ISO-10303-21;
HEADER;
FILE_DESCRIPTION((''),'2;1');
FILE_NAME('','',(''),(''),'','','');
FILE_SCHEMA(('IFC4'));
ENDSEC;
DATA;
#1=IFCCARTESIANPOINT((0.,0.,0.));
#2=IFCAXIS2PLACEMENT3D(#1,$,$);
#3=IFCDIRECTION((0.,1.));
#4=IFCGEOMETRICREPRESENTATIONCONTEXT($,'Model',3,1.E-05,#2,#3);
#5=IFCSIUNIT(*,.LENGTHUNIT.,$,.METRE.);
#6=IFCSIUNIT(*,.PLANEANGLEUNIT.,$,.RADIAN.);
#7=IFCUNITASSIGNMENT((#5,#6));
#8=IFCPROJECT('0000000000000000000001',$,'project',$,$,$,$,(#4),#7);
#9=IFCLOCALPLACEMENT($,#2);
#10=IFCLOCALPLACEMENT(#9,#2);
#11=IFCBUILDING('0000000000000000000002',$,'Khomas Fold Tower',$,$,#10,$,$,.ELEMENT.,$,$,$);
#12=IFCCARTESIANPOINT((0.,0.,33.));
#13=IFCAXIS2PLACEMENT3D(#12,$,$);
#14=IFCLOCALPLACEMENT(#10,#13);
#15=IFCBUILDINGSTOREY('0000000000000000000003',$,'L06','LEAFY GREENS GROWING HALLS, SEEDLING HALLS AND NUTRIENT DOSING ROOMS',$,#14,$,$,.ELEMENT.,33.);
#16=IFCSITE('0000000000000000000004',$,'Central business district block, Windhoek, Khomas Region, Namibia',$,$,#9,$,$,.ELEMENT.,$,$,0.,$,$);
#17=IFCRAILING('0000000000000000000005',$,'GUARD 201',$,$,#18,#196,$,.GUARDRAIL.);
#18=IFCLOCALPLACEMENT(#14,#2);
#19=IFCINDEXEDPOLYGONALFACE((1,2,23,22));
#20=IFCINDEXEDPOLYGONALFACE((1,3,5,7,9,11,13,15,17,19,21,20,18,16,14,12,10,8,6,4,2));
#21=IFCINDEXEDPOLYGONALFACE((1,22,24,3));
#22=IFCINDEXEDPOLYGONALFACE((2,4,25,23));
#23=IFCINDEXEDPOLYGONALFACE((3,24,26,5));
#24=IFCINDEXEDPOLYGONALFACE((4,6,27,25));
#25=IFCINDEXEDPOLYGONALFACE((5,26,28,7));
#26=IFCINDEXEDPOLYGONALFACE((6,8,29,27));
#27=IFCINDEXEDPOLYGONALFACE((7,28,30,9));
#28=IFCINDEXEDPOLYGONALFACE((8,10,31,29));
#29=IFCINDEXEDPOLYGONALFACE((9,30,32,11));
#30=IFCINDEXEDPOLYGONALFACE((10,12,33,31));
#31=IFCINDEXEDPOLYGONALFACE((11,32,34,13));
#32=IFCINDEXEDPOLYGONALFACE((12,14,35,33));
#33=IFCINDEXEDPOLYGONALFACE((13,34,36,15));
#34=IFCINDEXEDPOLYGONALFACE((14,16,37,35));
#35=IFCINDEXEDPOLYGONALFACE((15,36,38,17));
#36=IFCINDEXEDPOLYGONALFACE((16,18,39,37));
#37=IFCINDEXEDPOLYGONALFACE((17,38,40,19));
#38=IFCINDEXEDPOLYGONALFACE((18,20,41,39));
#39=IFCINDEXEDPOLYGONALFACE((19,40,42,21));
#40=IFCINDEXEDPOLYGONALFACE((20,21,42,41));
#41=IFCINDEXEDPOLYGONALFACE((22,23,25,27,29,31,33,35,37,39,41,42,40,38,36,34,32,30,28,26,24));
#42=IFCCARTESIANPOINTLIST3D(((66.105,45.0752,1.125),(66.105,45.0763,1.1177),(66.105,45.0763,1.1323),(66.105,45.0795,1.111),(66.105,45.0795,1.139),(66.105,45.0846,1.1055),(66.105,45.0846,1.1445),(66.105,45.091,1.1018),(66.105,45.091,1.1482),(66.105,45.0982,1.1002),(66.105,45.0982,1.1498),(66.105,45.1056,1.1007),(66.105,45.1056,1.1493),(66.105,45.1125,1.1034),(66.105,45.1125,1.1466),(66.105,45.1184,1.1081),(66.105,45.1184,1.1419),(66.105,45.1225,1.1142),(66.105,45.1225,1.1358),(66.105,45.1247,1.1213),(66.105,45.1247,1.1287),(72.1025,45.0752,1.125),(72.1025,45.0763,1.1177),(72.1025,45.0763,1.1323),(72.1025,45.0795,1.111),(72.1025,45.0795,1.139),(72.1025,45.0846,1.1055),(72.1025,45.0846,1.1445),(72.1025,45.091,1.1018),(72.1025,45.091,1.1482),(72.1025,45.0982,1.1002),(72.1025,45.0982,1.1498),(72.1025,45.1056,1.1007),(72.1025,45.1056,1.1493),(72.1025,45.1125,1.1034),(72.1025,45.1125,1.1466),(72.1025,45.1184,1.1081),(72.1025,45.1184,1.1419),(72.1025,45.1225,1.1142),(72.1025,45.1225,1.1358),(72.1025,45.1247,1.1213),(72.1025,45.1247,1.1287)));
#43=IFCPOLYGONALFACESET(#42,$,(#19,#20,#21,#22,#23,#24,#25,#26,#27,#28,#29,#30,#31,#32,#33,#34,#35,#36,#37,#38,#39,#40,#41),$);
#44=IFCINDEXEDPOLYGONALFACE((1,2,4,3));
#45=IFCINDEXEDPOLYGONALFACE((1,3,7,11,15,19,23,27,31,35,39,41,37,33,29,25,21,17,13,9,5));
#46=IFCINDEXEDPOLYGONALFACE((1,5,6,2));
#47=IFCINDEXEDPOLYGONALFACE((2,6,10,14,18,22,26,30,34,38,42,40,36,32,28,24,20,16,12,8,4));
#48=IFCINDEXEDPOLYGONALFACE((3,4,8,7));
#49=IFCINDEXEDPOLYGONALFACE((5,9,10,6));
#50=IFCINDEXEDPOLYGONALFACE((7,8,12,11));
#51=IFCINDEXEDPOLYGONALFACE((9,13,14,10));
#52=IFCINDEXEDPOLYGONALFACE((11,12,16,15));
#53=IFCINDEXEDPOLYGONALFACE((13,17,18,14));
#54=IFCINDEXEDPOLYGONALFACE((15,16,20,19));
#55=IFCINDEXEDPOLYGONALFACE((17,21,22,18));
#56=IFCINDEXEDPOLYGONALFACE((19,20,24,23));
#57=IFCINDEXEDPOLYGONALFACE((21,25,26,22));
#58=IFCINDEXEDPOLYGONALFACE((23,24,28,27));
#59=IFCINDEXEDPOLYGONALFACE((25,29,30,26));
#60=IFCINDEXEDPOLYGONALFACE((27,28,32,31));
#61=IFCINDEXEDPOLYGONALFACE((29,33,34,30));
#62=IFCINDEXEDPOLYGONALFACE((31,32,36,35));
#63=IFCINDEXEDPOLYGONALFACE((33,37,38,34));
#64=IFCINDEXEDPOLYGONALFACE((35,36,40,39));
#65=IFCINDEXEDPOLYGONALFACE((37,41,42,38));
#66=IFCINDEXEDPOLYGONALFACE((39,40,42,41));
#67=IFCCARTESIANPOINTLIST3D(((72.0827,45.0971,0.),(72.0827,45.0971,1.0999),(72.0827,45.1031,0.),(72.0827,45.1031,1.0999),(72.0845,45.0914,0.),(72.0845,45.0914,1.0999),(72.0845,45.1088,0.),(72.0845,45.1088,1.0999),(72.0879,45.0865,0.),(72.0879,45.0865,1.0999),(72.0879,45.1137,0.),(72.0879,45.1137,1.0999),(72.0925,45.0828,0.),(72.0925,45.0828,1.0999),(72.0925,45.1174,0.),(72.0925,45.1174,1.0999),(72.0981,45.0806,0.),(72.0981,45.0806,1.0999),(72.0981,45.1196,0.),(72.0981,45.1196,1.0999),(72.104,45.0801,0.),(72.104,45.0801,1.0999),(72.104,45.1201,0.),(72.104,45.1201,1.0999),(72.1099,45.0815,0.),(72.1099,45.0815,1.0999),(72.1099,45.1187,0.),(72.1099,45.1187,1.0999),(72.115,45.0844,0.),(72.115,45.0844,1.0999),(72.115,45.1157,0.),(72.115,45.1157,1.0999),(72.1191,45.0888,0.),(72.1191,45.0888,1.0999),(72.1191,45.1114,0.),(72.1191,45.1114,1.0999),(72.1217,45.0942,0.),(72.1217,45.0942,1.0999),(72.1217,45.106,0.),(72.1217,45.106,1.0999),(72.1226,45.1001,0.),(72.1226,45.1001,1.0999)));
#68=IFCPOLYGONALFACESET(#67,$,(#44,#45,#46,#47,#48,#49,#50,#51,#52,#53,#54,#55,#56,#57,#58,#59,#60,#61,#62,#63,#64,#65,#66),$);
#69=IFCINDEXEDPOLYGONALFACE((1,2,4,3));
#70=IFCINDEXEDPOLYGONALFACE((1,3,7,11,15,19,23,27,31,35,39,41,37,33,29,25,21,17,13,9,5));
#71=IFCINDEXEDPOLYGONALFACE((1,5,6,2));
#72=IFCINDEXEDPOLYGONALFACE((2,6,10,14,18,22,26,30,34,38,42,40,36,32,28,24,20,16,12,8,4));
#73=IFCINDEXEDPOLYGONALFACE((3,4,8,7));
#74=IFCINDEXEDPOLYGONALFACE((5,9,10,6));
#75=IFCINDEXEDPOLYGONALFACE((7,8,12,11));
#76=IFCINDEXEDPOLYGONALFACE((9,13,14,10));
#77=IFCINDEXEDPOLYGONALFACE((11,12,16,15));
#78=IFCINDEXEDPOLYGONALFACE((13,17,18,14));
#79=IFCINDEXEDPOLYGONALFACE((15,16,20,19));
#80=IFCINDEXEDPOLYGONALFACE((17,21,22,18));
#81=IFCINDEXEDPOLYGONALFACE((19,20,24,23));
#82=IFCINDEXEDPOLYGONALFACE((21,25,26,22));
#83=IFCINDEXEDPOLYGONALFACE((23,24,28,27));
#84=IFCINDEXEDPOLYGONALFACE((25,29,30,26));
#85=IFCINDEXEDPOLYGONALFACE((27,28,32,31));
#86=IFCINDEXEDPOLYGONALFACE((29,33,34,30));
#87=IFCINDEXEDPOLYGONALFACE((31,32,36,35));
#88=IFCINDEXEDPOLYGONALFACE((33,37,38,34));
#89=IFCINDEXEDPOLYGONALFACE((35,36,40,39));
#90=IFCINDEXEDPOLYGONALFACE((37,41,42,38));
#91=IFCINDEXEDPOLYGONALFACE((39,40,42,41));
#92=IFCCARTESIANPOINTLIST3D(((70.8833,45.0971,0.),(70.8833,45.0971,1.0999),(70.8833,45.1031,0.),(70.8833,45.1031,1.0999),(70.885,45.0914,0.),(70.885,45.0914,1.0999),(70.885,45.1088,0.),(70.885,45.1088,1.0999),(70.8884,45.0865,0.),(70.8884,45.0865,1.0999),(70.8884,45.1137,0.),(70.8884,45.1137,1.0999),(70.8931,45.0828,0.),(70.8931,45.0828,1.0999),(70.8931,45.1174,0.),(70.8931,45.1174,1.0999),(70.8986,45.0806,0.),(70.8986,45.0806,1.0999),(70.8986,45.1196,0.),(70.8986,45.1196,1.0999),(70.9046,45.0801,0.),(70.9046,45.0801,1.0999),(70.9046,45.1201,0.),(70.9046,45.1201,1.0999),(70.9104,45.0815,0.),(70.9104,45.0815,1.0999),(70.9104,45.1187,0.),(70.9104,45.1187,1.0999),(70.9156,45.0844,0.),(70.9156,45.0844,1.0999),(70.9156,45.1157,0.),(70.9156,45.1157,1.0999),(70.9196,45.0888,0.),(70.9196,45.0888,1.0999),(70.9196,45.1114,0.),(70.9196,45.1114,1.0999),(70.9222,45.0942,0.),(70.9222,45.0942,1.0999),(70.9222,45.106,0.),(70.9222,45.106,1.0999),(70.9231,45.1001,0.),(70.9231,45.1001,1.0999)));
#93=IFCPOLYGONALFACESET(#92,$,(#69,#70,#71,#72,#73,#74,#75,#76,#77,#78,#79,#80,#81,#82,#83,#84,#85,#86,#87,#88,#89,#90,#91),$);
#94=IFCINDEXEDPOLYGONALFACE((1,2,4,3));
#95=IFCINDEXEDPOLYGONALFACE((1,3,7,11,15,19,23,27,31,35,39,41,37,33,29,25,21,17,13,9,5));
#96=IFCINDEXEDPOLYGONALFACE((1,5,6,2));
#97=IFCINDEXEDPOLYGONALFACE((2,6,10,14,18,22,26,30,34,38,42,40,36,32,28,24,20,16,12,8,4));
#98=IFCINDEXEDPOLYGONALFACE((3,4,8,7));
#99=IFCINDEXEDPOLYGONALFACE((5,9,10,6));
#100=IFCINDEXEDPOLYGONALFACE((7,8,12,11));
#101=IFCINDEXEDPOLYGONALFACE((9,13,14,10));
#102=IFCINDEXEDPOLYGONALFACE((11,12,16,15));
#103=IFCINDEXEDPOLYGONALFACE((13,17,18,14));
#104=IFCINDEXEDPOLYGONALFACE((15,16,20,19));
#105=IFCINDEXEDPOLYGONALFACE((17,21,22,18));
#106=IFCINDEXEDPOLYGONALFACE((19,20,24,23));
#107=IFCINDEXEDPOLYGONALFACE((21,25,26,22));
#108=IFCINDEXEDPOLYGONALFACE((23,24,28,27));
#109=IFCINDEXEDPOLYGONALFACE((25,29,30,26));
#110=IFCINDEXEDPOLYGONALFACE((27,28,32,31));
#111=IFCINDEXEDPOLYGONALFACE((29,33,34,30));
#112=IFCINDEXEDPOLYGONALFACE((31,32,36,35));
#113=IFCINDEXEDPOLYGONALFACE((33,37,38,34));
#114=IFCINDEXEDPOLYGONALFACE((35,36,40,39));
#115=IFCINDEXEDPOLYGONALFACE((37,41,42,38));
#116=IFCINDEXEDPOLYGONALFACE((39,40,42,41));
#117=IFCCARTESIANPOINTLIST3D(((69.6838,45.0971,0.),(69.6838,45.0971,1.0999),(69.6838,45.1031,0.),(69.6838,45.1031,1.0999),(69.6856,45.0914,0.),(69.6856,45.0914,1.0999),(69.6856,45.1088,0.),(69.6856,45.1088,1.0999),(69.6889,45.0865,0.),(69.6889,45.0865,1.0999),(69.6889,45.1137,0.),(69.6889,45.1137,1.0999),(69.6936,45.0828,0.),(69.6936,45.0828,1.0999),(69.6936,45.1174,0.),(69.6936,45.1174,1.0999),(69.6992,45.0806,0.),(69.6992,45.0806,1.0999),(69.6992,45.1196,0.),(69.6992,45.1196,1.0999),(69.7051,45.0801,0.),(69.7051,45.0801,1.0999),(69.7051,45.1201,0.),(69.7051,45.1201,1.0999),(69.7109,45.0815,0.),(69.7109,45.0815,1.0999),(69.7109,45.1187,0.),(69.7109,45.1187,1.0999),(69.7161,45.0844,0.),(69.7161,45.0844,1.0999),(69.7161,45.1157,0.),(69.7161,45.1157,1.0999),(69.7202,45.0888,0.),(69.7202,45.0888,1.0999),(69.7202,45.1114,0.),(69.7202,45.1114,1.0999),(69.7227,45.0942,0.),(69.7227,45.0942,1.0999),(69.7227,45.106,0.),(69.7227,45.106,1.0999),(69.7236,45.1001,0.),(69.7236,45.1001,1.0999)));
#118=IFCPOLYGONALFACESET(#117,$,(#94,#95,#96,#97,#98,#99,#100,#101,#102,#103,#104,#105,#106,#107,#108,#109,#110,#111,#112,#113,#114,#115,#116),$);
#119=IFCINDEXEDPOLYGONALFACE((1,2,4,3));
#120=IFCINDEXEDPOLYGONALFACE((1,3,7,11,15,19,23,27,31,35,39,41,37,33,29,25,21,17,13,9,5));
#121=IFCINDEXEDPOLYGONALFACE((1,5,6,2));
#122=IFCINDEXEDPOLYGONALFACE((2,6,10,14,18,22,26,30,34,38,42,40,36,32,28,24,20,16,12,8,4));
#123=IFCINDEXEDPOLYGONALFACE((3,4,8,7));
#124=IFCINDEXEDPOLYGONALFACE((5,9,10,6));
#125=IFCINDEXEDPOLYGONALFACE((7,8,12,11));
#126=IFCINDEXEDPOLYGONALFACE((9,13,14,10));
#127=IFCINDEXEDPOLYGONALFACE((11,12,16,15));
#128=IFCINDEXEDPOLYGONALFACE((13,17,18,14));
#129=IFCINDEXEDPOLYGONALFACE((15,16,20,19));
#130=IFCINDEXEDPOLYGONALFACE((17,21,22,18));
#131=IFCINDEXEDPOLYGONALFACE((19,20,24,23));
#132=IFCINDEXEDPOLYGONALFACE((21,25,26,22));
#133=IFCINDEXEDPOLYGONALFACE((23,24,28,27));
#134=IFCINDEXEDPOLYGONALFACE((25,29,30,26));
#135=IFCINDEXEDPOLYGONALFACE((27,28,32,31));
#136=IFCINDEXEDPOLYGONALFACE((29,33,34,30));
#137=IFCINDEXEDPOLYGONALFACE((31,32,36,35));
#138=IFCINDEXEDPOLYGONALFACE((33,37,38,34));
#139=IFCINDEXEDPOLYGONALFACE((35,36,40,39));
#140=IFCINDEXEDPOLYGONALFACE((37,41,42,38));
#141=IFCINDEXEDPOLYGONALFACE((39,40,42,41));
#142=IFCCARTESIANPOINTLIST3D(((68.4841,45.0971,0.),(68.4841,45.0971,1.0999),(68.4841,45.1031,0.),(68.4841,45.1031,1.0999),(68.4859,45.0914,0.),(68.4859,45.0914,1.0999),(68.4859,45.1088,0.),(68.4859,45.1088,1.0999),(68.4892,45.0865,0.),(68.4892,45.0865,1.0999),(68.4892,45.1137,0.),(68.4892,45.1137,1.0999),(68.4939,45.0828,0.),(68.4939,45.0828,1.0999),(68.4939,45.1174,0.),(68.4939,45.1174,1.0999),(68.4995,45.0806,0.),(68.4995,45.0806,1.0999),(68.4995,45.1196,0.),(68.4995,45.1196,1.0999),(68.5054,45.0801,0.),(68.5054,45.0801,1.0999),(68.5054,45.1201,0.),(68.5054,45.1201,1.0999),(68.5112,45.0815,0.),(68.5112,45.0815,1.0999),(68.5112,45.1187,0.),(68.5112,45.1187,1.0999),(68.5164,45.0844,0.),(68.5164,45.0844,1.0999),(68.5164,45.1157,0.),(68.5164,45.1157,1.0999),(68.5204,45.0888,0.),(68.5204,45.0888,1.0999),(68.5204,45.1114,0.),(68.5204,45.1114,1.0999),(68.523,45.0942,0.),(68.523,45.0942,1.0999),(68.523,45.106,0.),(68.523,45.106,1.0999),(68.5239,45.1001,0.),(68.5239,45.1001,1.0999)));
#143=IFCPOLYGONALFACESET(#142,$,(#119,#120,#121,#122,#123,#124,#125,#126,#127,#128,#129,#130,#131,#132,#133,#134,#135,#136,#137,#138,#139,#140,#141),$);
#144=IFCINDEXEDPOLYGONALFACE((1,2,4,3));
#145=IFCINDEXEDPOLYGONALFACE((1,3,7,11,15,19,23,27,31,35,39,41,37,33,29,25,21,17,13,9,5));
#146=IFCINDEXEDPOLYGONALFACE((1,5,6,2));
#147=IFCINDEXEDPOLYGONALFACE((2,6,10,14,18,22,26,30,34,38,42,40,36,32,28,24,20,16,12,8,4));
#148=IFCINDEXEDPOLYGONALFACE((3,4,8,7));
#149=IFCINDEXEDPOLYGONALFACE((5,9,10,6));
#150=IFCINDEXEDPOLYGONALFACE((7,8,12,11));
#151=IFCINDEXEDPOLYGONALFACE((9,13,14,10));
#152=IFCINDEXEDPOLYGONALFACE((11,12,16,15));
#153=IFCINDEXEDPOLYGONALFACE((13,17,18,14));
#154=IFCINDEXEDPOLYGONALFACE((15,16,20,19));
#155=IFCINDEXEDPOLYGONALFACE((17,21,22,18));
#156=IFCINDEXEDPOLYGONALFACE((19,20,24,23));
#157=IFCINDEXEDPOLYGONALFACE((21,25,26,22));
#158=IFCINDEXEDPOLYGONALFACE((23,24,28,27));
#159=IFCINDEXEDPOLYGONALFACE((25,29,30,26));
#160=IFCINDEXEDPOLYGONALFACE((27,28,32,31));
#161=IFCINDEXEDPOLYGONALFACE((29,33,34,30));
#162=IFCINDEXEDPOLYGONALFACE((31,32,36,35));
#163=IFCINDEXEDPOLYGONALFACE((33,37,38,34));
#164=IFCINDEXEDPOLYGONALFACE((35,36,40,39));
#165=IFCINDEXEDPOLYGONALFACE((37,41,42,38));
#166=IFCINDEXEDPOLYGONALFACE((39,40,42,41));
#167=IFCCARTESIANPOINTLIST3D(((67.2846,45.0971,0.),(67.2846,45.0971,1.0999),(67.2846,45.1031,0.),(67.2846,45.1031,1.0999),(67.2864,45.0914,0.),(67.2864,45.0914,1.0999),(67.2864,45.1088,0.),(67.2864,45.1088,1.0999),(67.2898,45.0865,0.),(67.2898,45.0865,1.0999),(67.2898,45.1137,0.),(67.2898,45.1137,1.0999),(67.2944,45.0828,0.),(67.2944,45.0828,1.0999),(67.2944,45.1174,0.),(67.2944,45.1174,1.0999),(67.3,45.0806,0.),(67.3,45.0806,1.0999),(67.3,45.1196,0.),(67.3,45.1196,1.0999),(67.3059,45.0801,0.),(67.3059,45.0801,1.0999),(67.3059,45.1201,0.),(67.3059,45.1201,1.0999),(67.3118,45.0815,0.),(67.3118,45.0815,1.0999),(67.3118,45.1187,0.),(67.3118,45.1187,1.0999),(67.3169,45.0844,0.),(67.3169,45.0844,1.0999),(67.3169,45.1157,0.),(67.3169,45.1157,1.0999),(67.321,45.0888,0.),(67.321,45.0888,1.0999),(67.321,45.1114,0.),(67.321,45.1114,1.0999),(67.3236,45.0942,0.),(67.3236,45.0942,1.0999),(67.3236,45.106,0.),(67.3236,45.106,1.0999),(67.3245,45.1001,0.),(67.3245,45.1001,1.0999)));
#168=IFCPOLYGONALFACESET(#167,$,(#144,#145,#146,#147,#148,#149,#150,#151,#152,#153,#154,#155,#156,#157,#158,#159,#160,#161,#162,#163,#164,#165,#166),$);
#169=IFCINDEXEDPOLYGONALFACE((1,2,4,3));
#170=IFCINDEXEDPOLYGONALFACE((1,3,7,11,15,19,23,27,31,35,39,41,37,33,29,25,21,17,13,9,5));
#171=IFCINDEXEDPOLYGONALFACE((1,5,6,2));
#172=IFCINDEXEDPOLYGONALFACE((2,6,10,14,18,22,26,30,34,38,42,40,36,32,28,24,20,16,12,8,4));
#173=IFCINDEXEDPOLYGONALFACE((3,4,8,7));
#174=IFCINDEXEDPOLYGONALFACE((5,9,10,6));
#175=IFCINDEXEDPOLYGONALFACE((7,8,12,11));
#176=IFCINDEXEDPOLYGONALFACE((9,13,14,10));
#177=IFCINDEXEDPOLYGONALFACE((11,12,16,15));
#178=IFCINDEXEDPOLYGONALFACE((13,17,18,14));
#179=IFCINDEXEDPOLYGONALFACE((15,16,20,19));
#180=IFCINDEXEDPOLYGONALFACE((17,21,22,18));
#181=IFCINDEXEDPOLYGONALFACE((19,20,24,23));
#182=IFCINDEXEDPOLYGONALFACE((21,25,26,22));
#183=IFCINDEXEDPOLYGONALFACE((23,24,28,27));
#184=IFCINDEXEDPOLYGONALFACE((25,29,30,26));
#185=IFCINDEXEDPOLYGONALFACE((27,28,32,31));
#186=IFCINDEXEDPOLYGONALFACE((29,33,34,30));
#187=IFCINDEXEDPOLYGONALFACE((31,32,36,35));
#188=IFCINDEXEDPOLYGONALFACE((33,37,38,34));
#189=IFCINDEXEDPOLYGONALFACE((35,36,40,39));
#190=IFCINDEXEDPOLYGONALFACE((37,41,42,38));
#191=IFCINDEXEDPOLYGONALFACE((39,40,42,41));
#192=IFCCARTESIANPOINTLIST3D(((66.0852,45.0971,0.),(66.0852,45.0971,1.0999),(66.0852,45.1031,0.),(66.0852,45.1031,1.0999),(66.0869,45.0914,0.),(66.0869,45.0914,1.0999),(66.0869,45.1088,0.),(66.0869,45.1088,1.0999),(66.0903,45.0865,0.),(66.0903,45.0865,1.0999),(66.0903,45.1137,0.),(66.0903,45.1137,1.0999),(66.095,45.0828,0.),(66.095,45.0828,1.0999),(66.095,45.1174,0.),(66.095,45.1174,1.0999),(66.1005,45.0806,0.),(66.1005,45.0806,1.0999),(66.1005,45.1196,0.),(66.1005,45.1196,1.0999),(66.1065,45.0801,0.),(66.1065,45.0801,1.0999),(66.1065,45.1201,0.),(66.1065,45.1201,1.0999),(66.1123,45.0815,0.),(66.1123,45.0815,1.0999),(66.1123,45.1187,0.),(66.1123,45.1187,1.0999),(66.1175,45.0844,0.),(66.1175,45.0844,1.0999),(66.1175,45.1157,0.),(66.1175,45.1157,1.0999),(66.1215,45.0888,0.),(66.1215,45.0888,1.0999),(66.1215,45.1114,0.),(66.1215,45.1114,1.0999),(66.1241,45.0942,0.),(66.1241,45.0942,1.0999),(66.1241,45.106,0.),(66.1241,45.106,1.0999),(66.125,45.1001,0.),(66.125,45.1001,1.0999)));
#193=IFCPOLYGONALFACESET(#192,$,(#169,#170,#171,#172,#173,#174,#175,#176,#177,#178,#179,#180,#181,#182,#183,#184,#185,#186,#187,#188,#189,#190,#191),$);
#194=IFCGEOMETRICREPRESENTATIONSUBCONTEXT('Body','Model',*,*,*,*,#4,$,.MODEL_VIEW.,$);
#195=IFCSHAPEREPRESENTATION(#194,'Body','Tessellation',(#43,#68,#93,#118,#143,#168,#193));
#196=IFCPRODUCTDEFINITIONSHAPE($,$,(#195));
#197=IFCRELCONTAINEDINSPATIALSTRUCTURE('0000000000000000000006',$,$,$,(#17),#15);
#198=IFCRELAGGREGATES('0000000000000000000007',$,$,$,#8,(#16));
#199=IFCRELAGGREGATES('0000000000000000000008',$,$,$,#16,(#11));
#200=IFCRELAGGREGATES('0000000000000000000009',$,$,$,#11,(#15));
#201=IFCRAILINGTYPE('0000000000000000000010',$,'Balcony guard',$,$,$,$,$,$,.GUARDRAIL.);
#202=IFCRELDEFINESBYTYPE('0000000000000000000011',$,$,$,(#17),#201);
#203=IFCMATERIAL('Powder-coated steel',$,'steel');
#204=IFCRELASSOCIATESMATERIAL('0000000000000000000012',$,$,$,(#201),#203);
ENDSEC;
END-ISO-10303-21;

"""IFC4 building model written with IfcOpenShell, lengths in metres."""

from ifc_helpers import new_model, si_unit, direction, frame, origin, origin_2d, place, context, subcontext, project, spatial, circle, extrude, source, transform, mapped, material, type_object, element, save


model = new_model("IFC4")

# Units and contexts
model_context = context("Model", 3, precision=1e-05, world=origin(), true_north=direction((0.0, 1.0)))
body_context = subcontext(model_context, "Body", "Model", "MODEL_VIEW")
ifc_project = project(units=[si_unit("LENGTHUNIT", "METRE"), si_unit("PLANEANGLEUNIT", "RADIAN")], contexts=[model_context])

# Site, building, storey
site_placement = place(None, origin())
site = spatial("IfcSite", under=ifc_project, at=site_placement, Name="Central business district block, Windhoek, Khomas Region, Namibia", CompositionType="ELEMENT", RefElevation=0.0)
building_placement = place(site_placement, origin())
building = spatial("IfcBuilding", under=site, at=building_placement, Name="Khomas Fold Tower", CompositionType="ELEMENT")
storey_placement = place(building_placement, frame((0.0, 0.0, 33.0)))
storey = spatial("IfcBuildingStorey", under=building, at=storey_placement, Name="L06", Description="LEAFY GREENS GROWING HALLS, SEEDLING HALLS AND NUTRIENT DOSING ROOMS", CompositionType="ELEMENT", Elevation=33.0)

# Railing
ifc_material_1 = material(Name="Powder-coated steel", Category="steel")
railing_type_1 = type_object("IfcRailingType", Name="Balcony guard", PredefinedType="GUARDRAIL", material=ifc_material_1)
shared_shape_1 = source(origin(), body_context, "Body", "SweptSolid", [
    extrude(circle(Radius=0.0249, at=origin_2d()), frame((0.0, 0.0, 1.125), z_axis=(-1.0, 0.0, 0.0), x_axis=(0.0, -1.0, 0.0)), (0.0, 0.0, 1.0), 5.9976),
    extrude(circle(Radius=0.02, at=origin_2d()), origin(), (0.0, 0.0, 1.0), 1.0999),
    extrude(circle(Radius=0.02, at=origin_2d()), frame((-1.1995, 0.0, 0.0)), (0.0, 0.0, 1.0), 1.0999),
    extrude(circle(Radius=0.02, at=origin_2d()), frame((-2.3989, 0.0, 0.0)), (0.0, 0.0, 1.0), 1.0999),
    extrude(circle(Radius=0.02, at=origin_2d()), frame((-3.5986, 0.0, 0.0)), (0.0, 0.0, 1.0), 1.0999),
    extrude(circle(Radius=0.02, at=origin_2d()), frame((-4.7981, 0.0, 0.0)), (0.0, 0.0, 1.0), 1.0999),
    extrude(circle(Radius=0.02, at=origin_2d()), frame((-5.9976, 0.0, 0.0)), (0.0, 0.0, 1.0), 1.0999),
])
for number, where, name in (
    (1, (72.1025, 45.1001, 0.0), "GUARD 201"),
):
    element("IfcRailing", number, at=place(storey_placement, frame(where)), inside=storey, type_object=railing_type_1, Name=name, PredefinedType="GUARDRAIL", context=body_context, shape_type="MappedRepresentation", body=[
        mapped(shared_shape_1, transform((0.0, 0.0, 0.0))),
    ])

save(model, "model.ifc")
